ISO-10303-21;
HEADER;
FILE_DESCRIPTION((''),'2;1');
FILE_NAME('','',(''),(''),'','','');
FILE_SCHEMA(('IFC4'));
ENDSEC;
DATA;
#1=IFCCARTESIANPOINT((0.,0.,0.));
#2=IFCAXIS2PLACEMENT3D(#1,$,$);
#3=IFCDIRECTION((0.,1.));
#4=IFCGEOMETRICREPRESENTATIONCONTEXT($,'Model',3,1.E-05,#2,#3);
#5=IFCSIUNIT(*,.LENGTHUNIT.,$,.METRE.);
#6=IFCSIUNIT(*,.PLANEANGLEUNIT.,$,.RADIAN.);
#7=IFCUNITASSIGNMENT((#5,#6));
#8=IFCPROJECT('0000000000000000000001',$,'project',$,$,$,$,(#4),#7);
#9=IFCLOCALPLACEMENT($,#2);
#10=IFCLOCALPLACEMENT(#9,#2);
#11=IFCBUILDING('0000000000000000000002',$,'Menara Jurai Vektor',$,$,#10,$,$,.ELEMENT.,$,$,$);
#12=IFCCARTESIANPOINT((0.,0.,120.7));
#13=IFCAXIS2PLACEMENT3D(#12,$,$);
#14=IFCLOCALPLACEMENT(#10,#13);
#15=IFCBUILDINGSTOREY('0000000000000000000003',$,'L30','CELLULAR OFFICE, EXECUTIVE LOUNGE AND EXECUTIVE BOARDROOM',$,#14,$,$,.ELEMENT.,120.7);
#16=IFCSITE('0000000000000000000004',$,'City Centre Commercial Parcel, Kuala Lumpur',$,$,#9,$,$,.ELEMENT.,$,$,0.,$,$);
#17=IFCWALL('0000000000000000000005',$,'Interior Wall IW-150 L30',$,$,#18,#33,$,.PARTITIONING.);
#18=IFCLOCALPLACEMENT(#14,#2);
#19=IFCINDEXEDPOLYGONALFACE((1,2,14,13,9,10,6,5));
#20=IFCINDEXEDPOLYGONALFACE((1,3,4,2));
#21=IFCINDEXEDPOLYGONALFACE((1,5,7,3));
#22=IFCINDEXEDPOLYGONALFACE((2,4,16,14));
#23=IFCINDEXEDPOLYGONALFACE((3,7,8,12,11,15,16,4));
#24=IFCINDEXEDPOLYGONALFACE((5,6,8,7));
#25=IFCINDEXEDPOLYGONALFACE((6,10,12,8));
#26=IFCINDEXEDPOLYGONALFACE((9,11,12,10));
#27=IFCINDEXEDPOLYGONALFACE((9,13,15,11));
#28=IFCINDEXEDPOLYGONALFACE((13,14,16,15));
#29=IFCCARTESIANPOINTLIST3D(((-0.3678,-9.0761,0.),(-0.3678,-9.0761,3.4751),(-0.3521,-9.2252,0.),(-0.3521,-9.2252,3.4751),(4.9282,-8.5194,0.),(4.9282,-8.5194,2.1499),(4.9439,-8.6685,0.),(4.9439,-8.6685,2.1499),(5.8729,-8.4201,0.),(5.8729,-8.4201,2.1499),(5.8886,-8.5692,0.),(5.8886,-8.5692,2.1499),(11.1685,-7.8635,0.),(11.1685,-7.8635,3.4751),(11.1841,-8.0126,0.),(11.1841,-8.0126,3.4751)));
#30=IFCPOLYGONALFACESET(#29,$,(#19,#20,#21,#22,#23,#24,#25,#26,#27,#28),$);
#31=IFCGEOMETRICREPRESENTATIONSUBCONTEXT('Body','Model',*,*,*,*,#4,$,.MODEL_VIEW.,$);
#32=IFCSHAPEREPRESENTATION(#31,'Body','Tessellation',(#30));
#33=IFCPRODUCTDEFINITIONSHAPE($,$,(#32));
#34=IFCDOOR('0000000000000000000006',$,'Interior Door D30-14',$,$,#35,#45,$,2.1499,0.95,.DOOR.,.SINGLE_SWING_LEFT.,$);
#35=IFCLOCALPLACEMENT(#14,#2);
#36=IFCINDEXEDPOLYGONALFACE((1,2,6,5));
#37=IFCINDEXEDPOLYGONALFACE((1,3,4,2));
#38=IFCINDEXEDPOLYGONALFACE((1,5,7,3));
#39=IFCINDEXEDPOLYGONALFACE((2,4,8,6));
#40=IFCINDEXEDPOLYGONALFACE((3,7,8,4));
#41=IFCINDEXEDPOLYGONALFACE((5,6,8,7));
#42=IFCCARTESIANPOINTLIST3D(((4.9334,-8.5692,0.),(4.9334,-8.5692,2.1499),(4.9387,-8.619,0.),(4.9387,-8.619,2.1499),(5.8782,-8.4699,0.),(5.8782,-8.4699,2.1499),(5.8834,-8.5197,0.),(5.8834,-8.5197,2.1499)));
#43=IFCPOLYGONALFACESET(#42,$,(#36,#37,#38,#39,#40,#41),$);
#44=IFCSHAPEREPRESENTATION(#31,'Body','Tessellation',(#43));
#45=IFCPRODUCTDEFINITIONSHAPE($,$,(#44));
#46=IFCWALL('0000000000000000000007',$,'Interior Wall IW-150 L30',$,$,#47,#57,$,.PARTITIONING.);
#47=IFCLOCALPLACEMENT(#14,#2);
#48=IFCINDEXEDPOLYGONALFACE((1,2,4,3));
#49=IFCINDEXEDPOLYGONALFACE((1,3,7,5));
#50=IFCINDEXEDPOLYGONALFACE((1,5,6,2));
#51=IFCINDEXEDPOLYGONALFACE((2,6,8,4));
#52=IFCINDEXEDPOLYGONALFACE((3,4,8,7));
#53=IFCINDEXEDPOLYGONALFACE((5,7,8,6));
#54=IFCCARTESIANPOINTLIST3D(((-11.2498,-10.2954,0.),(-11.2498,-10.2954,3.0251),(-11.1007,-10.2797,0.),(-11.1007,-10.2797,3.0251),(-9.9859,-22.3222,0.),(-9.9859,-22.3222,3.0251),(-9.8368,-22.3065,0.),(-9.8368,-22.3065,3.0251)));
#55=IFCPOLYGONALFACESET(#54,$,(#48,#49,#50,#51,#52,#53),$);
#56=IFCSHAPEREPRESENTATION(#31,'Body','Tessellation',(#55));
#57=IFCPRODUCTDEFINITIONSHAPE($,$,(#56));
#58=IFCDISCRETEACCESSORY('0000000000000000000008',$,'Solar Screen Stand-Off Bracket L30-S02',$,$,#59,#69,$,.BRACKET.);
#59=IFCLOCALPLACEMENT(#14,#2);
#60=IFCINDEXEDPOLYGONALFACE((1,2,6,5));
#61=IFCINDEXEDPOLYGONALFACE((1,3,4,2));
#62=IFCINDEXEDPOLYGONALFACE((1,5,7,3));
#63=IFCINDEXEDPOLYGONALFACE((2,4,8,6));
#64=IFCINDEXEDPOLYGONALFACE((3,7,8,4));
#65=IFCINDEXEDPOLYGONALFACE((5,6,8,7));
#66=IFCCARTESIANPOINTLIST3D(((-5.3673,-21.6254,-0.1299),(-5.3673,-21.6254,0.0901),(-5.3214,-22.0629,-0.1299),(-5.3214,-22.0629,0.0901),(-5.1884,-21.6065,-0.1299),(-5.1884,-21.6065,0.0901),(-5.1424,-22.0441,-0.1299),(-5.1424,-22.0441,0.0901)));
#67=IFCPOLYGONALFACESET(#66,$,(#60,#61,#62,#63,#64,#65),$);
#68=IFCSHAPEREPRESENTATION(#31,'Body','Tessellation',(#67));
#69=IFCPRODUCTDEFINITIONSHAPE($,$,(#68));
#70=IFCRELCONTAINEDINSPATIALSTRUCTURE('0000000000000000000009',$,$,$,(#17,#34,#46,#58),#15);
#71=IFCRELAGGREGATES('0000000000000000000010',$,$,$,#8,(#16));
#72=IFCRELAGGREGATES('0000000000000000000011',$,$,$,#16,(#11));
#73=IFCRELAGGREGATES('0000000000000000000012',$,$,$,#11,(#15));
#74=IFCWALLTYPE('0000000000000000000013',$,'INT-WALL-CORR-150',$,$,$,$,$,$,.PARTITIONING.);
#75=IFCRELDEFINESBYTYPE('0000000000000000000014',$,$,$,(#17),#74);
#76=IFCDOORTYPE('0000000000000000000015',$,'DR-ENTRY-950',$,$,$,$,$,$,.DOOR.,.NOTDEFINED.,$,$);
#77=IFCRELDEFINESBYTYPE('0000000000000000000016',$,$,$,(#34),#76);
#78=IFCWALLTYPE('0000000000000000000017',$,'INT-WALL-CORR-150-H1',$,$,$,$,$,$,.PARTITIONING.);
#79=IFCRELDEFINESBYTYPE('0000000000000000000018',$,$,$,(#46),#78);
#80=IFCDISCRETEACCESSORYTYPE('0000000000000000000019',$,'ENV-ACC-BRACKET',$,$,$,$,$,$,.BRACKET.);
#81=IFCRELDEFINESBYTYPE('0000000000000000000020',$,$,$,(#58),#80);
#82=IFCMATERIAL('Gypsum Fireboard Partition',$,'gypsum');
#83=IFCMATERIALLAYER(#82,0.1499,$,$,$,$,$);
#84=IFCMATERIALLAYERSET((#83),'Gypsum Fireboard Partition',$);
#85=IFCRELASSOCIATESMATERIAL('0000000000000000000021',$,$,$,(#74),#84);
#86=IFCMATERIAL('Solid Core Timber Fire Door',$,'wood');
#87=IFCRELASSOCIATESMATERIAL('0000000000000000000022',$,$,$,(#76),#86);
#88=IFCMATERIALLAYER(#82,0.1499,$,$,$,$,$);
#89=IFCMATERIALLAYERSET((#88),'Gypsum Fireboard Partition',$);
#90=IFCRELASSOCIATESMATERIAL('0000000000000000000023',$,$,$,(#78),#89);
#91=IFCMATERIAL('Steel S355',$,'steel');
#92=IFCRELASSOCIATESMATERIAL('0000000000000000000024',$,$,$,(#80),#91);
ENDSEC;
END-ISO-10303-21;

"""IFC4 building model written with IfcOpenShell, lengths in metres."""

from ifc_helpers import new_model, si_unit, direction, frame, frame_2d, origin, origin_2d, place, context, subcontext, project, spatial, rectangle, extrude, material, layer, layer_set, type_object, element, fill, save


model = new_model("IFC4")

# Units and contexts
model_context = context("Model", 3, precision=1e-05, world=origin(), true_north=direction((0.0, 1.0)))
body_context = subcontext(model_context, "Body", "Model", "MODEL_VIEW")
ifc_project = project(units=[si_unit("LENGTHUNIT", "METRE"), si_unit("PLANEANGLEUNIT", "RADIAN")], contexts=[model_context])

# Site, building, storey
site_placement = place(None, origin())
site = spatial("IfcSite", under=ifc_project, at=site_placement, Name="City Centre Commercial Parcel, Kuala Lumpur", CompositionType="ELEMENT", RefElevation=0.0)
building_placement = place(site_placement, origin())
building = spatial("IfcBuilding", under=site, at=building_placement, Name="Menara Jurai Vektor", CompositionType="ELEMENT")
storey_placement = place(building_placement, frame((0.0, 0.0, 120.7)))
storey = spatial("IfcBuildingStorey", under=building, at=storey_placement, Name="L30", Description="CELLULAR OFFICE, EXECUTIVE LOUNGE AND EXECUTIVE BOARDROOM", CompositionType="ELEMENT", Elevation=120.7)

# Shared definitions
ifc_material_1 = material(Name="Steel S355", Category="steel")

# Wall, opening, door
ifc_material_2 = material(Name="Gypsum Fireboard Partition", Category="gypsum")
ifc_layer_1 = layer(ifc_material_2, 0.1499)
ifc_layer_set_1 = layer_set([ifc_layer_1], Name="Gypsum Fireboard Partition")
wall_type_1 = type_object("IfcWallType", Name="INT-WALL-CORR-150", PredefinedType="PARTITIONING", material=ifc_layer_set_1)
ifc_material_3 = material(Name="Solid Core Timber Fire Door", Category="wood")
door_type = type_object("IfcDoorType", Name="DR-ENTRY-950", OperationType="NOTDEFINED", PredefinedType="DOOR", material=ifc_material_3)
wall_1_placement = place(storey_placement, frame((-0.3599, -9.1506, 0.0), z_axis=(0.0, 0.0, 1.0), x_axis=(0.994521, 0.104539, 0.0)))
wall_1 = element("IfcWall", 1, at=wall_1_placement, inside=storey, type_object=wall_type_1, Name="Interior Wall IW-150 L30", PredefinedType="PARTITIONING", context=body_context, shape_type="SweptSolid", body=[
    extrude(rectangle(XDim=11.5999, YDim=0.1499, at=frame_2d((5.7998, 0.0))), origin(), (0.0, 0.0, 1.0), 3.4751),
])
opening_1_placement = place(wall_1_placement, frame((5.325, 0.0, 0.0)))
opening_1 = element("IfcOpeningElement", 2, at=opening_1_placement, cuts=wall_1, PredefinedType="OPENING", context=body_context, shape_type="SweptSolid", body=[
    extrude(rectangle(XDim=0.95, YDim=2.1499, at=frame_2d((0.4751, 1.075))), frame((0.0, 0.085, 0.0), z_axis=(0.0, -1.0, 0.0), x_axis=(1.0, 0.0, 0.0)), (0.0, 0.0, 1.0), 0.1699),
])
door_1_placement = place(opening_1_placement, origin())
door_1 = element("IfcDoor", 3, at=door_1_placement, inside=storey, type_object=door_type, Name="Interior Door D30-14", OperationType="SINGLE_SWING_LEFT", OverallHeight=2.1499, OverallWidth=0.95, PredefinedType="DOOR", context=body_context, shape_type="SweptSolid", body=[
    extrude(rectangle(XDim=0.95, YDim=2.1499, at=frame_2d((0.4751, 1.075))), frame((0.0, 0.0249, 0.0), z_axis=(0.0, -1.0, 0.0), x_axis=(1.0, 0.0, 0.0)), (0.0, 0.0, 1.0), 0.05),
])
fill(opening_1, door_1)

# Wall
ifc_layer_2 = layer(ifc_material_2, 0.1499)
ifc_layer_set_2 = layer_set([ifc_layer_2], Name="Gypsum Fireboard Partition")
wall_type_2 = type_object("IfcWallType", Name="INT-WALL-CORR-150-H1", PredefinedType="PARTITIONING", material=ifc_layer_set_2)
wall_2_placement = place(storey_placement, frame((-9.9114, -22.3142, 0.0), z_axis=(0.0, 0.0, 1.0), x_axis=(-0.104516, 0.994523, 0.0)))
element("IfcWall", 4, at=wall_2_placement, inside=storey, type_object=wall_type_2, Name="Interior Wall IW-150 L30", PredefinedType="PARTITIONING", context=body_context, shape_type="SweptSolid", body=[
    extrude(rectangle(XDim=12.093, YDim=0.1499, at=frame_2d((6.0464, 0.0))), origin(), (0.0, 0.0, 1.0), 3.0251),
])

# Discrete accessory
discrete_accessory_type = type_object("IfcDiscreteAccessoryType", Name="ENV-ACC-BRACKET", PredefinedType="BRACKET", material=ifc_material_1)
discrete_accessory_placement = place(storey_placement, frame((-5.2549, -21.8347, -0.1299), z_axis=(0.0, 0.0, 1.0), x_axis=(0.994522, 0.104528, 0.0)))
element("IfcDiscreteAccessory", 5, at=discrete_accessory_placement, inside=storey, type_object=discrete_accessory_type, Name="Solar Screen Stand-Off Bracket L30-S02", PredefinedType="BRACKET", context=body_context, shape_type="SweptSolid", body=[
    extrude(rectangle(XDim=0.1799, YDim=0.4399, at=origin_2d()), origin(), (0.0, 0.0, 1.0), 0.22),
])

save(model, "model.ifc")
